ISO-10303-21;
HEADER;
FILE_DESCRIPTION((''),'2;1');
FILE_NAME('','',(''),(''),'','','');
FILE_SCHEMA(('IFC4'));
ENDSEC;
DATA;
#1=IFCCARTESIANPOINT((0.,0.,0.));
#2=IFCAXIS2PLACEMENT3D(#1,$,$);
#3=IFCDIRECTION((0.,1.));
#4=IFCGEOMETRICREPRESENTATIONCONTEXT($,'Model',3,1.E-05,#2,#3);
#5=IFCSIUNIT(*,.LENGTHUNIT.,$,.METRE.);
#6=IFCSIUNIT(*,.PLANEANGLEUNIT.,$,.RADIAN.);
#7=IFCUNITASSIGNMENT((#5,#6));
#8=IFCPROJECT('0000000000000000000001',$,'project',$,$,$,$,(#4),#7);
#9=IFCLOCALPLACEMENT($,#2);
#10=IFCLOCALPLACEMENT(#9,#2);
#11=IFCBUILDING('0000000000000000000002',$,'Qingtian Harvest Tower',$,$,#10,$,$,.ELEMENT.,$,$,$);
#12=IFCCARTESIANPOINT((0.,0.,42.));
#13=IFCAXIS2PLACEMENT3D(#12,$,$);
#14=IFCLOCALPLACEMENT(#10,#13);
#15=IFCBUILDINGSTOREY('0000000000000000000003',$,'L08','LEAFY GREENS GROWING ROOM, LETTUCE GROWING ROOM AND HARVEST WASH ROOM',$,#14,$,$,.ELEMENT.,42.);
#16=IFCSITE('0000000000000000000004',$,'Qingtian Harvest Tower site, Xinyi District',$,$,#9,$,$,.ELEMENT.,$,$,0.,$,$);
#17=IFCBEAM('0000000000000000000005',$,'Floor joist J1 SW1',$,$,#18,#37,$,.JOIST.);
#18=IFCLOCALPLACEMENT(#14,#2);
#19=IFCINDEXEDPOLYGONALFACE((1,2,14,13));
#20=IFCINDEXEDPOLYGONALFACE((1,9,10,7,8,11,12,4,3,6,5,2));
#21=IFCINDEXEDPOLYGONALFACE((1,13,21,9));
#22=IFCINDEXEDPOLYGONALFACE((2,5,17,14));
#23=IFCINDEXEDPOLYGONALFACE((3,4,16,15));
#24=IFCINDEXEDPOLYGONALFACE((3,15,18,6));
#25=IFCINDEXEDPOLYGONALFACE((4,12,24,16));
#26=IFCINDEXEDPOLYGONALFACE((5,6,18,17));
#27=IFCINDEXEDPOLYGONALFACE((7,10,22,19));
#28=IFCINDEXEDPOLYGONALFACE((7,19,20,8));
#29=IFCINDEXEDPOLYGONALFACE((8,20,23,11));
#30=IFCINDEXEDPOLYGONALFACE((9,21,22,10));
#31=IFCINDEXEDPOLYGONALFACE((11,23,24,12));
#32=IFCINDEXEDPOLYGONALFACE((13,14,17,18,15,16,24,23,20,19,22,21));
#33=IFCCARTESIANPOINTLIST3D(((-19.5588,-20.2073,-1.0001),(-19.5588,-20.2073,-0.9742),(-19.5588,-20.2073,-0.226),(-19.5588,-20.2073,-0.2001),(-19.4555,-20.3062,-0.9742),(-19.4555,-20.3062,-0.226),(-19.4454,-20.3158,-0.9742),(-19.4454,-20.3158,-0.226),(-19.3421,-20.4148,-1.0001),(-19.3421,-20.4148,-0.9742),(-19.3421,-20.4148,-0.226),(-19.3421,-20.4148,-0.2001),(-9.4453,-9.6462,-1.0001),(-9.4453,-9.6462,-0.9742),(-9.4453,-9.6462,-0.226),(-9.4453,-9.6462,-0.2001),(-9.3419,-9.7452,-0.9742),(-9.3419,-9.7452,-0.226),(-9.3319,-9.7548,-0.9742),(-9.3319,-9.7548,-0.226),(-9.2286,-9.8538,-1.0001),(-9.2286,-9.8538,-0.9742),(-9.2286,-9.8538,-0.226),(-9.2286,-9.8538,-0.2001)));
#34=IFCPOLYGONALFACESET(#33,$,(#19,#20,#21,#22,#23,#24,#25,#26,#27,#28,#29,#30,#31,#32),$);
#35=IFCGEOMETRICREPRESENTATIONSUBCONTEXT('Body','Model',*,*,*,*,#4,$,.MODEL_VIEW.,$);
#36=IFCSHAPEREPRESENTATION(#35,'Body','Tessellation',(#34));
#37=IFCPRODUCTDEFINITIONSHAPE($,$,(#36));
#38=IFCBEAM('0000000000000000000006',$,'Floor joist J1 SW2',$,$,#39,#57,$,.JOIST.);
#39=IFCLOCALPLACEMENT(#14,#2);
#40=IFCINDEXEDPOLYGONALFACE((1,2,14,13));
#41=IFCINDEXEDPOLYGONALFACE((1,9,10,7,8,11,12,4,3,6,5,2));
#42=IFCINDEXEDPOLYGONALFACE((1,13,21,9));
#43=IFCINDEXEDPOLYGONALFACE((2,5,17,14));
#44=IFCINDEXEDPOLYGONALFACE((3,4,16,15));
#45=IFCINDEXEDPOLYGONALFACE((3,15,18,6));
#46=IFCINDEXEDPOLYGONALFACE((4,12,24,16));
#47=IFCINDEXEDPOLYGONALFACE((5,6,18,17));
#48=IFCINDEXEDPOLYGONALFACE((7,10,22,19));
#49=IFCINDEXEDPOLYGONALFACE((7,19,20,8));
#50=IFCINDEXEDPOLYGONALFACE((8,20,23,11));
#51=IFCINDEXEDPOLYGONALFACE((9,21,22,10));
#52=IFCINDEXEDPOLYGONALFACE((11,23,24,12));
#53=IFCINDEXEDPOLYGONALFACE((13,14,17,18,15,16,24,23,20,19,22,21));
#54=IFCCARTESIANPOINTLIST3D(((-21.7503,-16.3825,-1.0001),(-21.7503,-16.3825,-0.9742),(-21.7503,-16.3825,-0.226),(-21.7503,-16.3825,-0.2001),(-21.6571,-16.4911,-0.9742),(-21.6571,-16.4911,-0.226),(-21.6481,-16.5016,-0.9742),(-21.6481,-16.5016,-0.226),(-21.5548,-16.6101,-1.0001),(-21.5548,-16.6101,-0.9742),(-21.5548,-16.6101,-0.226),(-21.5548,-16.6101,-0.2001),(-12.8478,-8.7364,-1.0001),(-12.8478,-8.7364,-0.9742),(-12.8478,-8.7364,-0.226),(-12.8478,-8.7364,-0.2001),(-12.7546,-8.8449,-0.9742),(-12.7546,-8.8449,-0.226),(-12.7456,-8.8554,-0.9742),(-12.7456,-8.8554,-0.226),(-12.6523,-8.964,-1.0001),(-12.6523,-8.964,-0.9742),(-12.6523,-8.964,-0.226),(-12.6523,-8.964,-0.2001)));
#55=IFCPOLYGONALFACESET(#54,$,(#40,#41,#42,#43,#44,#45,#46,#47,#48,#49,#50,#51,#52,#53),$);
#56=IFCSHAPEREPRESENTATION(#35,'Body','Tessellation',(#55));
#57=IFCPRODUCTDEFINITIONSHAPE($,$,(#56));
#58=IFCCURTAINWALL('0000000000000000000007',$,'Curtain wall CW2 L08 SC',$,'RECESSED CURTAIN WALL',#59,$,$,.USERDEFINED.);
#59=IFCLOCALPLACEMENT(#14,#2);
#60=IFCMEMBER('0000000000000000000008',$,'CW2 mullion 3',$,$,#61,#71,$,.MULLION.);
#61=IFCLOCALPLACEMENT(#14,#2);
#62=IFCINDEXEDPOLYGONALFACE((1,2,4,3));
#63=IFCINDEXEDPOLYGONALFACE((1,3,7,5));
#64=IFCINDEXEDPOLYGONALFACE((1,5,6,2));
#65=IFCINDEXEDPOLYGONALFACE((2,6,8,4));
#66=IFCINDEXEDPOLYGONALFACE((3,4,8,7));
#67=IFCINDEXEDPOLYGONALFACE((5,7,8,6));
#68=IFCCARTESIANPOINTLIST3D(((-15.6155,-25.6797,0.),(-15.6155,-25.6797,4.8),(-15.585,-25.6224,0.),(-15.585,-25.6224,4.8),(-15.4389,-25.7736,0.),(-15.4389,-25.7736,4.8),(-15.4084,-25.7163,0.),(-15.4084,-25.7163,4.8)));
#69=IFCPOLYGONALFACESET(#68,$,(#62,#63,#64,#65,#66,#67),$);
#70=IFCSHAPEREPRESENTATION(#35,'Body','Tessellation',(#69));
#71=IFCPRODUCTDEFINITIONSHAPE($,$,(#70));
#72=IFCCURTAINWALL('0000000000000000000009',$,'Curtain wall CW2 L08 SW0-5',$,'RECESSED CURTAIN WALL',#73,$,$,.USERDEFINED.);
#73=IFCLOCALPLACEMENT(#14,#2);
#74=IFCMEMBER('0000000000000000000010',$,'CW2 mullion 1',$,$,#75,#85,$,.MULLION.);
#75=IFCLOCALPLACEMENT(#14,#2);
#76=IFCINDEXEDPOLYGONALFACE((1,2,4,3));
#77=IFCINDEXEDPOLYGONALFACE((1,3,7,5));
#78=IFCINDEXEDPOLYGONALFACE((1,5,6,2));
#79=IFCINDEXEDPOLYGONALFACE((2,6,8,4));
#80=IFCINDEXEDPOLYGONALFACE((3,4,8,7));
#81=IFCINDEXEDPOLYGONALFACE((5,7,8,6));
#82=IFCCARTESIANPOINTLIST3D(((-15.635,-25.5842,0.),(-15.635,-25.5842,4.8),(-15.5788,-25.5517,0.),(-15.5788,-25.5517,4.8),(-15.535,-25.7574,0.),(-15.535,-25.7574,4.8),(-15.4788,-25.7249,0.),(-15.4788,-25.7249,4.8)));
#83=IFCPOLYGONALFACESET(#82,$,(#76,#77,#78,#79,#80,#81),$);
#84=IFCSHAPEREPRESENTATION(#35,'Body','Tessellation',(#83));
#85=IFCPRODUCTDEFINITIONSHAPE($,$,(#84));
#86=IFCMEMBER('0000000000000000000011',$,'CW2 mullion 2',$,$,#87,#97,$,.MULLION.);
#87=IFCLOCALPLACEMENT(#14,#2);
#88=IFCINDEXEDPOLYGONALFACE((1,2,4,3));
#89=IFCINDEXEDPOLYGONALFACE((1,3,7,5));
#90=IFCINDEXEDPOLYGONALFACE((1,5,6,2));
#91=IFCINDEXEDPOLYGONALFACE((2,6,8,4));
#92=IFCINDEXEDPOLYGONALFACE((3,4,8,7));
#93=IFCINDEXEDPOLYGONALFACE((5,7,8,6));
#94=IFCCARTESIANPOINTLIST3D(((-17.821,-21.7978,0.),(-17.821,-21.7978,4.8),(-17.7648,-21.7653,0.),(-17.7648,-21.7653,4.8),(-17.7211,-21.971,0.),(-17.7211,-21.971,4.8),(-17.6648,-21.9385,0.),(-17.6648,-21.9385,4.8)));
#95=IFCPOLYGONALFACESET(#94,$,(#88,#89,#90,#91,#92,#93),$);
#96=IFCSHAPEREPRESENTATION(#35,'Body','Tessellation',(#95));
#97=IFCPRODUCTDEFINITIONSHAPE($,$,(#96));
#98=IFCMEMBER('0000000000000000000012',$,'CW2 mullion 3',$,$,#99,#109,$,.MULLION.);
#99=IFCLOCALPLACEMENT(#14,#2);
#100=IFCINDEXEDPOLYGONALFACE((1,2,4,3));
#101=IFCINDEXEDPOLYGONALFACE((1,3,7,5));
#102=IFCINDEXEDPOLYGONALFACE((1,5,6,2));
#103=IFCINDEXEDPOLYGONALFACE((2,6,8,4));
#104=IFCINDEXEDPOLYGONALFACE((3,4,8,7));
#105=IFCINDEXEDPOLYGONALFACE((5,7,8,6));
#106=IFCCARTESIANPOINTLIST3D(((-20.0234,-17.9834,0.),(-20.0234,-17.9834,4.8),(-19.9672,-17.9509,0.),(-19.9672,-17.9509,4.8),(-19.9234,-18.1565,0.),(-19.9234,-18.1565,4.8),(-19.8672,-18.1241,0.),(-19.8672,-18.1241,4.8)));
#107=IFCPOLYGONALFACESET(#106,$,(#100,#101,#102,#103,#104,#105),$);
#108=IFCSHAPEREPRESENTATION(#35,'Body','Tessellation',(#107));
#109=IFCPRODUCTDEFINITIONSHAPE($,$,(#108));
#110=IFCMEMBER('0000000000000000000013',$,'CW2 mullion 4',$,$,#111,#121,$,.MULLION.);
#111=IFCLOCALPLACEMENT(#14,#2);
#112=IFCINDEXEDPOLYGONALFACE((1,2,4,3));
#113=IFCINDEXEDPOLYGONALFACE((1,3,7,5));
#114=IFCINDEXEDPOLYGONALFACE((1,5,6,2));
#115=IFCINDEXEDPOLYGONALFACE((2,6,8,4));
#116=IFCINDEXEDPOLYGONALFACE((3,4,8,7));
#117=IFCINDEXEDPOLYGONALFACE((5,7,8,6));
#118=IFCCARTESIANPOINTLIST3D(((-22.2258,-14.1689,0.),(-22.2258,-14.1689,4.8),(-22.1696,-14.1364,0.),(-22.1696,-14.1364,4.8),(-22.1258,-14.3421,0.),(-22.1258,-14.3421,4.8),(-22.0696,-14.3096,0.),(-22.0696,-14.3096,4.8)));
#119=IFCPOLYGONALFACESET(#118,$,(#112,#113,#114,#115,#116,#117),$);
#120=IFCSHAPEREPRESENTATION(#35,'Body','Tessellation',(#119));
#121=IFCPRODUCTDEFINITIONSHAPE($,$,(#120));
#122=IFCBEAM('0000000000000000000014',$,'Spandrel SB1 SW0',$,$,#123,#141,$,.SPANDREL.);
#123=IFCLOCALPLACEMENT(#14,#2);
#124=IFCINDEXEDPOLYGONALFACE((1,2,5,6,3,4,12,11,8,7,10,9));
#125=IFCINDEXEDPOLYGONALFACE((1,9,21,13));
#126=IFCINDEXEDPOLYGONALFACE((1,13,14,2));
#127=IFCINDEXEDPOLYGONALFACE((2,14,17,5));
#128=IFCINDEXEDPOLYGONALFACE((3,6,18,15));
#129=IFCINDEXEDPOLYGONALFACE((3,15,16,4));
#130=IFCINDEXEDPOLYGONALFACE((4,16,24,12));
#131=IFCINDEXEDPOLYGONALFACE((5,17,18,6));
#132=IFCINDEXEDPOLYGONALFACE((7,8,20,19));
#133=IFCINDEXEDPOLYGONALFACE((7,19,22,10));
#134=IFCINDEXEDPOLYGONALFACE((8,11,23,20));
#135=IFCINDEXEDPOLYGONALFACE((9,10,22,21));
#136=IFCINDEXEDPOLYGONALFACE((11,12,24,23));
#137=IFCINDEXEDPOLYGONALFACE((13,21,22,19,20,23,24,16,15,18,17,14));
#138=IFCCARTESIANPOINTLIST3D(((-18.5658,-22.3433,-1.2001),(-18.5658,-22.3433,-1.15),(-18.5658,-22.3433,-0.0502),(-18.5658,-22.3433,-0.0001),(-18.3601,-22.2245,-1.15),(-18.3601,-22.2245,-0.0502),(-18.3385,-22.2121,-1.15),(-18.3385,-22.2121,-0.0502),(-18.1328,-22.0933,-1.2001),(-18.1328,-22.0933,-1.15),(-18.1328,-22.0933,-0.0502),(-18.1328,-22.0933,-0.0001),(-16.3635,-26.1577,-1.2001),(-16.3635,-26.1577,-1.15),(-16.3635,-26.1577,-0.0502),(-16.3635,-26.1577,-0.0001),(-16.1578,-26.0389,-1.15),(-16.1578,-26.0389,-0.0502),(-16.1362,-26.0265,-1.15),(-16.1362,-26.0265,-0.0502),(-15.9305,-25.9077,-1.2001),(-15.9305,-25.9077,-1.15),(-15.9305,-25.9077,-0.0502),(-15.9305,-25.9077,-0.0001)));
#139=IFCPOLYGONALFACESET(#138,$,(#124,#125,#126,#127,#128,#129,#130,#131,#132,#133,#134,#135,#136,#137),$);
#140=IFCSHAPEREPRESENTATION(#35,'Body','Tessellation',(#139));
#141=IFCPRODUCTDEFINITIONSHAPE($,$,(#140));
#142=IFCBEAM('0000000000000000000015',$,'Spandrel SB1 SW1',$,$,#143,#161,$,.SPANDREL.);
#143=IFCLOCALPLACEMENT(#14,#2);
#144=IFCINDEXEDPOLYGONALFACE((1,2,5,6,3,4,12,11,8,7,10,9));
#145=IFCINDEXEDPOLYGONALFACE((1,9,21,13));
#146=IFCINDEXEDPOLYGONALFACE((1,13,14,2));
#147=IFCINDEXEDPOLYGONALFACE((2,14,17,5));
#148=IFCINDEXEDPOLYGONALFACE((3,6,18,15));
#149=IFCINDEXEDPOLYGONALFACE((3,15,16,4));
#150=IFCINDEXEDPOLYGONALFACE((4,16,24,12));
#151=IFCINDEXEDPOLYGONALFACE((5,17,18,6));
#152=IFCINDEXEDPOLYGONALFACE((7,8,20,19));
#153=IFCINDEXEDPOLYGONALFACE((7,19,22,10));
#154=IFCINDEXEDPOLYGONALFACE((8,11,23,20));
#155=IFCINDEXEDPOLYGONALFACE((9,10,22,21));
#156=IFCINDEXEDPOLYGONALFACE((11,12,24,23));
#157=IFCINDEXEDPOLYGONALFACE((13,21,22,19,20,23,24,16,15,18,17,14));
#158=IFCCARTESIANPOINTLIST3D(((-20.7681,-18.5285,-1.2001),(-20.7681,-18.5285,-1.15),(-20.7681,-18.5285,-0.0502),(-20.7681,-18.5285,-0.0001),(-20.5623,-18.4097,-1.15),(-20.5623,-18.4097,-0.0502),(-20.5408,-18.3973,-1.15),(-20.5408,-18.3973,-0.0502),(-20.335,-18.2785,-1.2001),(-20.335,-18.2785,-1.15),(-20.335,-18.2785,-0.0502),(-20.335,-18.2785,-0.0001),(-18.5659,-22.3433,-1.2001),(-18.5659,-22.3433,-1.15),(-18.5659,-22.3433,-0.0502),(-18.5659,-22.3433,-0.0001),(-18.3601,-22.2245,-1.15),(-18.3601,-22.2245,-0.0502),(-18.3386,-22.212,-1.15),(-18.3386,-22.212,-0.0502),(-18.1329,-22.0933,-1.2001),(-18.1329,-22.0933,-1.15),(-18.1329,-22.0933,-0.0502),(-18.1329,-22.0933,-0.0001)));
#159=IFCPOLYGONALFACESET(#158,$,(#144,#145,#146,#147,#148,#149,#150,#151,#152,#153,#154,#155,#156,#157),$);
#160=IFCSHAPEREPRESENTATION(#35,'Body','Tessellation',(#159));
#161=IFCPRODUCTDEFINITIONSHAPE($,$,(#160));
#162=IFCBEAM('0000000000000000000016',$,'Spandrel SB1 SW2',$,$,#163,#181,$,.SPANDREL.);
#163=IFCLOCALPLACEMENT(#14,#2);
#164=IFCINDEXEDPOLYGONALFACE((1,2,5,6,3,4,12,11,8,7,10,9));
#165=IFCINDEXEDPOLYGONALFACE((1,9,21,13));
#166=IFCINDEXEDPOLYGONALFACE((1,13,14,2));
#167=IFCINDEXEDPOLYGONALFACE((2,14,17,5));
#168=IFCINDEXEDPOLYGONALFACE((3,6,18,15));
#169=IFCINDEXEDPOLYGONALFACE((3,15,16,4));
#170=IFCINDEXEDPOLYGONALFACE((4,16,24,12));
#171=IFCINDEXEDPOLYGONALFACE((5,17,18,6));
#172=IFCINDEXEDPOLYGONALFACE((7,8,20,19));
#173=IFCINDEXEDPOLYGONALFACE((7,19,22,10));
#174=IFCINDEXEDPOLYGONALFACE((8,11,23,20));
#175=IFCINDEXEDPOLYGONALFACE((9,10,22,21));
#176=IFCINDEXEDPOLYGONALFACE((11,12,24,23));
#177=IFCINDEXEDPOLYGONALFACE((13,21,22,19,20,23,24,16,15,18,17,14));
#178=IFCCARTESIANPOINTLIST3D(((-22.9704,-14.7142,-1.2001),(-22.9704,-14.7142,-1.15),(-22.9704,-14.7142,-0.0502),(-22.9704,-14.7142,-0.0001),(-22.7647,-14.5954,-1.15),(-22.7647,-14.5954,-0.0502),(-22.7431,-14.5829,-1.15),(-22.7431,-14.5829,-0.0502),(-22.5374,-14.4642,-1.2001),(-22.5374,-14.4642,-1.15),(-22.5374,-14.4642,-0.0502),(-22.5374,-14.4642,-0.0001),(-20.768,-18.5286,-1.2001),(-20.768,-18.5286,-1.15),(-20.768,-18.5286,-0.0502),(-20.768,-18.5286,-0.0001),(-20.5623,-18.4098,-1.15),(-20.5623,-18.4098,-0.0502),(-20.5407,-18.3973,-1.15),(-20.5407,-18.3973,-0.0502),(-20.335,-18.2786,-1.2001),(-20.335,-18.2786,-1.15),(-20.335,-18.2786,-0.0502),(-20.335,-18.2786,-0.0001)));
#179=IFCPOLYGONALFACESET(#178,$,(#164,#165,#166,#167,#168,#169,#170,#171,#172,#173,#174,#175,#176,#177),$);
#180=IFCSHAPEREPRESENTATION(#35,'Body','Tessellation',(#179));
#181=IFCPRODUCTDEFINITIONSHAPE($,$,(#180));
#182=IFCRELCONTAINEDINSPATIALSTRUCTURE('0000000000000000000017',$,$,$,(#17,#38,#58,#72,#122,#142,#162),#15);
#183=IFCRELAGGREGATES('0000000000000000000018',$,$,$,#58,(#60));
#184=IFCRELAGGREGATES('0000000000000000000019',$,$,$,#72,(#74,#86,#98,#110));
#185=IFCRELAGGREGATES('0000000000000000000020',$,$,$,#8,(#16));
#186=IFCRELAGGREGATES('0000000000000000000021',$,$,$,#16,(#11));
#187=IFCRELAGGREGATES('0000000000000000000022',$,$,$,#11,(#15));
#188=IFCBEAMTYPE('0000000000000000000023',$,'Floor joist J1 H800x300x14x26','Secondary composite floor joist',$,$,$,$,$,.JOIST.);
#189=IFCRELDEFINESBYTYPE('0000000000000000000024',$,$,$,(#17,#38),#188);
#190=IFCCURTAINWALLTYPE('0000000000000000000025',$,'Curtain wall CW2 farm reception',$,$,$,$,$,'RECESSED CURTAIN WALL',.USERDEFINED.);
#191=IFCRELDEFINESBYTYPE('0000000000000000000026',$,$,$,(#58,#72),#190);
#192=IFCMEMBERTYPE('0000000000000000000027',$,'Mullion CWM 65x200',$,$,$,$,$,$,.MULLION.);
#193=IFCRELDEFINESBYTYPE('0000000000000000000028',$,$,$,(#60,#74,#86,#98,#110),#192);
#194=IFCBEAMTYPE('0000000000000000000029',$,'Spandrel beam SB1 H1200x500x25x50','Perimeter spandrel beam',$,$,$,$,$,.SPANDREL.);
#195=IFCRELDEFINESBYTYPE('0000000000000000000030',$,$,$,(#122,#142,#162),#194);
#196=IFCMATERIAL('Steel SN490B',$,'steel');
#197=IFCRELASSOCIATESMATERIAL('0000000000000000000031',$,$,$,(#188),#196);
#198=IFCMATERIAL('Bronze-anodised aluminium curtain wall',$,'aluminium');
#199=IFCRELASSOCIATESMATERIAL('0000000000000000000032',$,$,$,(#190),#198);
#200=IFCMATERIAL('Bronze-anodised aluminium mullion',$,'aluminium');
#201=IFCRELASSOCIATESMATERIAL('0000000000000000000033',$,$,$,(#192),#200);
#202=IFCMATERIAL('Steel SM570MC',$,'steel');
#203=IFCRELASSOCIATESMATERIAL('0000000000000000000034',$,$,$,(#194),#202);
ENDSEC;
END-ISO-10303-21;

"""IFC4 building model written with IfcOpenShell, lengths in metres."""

from ifc_helpers import new_model, si_unit, direction, frame, origin, origin_2d, place, context, subcontext, project, spatial, rectangle, i_section, extrude, material, material_profile, profile_set, type_object, element, aggregate, save


model = new_model("IFC4")

# Units and contexts
model_context = context("Model", 3, precision=1e-05, world=origin(), true_north=direction((0.0, 1.0)))
body_context = subcontext(model_context, "Body", "Model", "MODEL_VIEW")
ifc_project = project(units=[si_unit("LENGTHUNIT", "METRE"), si_unit("PLANEANGLEUNIT", "RADIAN")], contexts=[model_context])

# Site, building, storey
site_placement = place(None, origin())
site = spatial("IfcSite", under=ifc_project, at=site_placement, Name="Qingtian Harvest Tower site, Xinyi District", CompositionType="ELEMENT", RefElevation=0.0)
building_placement = place(site_placement, origin())
building = spatial("IfcBuilding", under=site, at=building_placement, Name="Qingtian Harvest Tower", CompositionType="ELEMENT")
storey_placement = place(building_placement, frame((0.0, 0.0, 42.0)))
storey = spatial("IfcBuildingStorey", under=building, at=storey_placement, Name="L08", Description="LEAFY GREENS GROWING ROOM, LETTUCE GROWING ROOM AND HARVEST WASH ROOM", CompositionType="ELEMENT", Elevation=42.0)

# Beams
ifc_material_1 = material(Name="Steel SN490B", Category="steel")
ifc_material_profile_1 = material_profile(ifc_material_1, i_section(OverallWidth=0.3, OverallDepth=0.8, WebThickness=0.0139, FlangeThickness=0.0259, at=origin_2d()), Name="H800x300x14x26")
ifc_profile_set_1 = profile_set([ifc_material_profile_1], Name="Steel SN490B")
beam_type_1 = type_object("IfcBeamType", Name="Floor joist J1 H800x300x14x26", Description="Secondary composite floor joist", PredefinedType="JOIST", material=ifc_profile_set_1)
beam_1_placement = place(storey_placement, frame((-19.4504, -20.311, -0.6001), z_axis=(0.691639, 0.722243, 0.0), x_axis=(-0.722243, 0.691639, 0.0)))
element("IfcBeam", 1, at=beam_1_placement, inside=storey, type_object=beam_type_1, Name="Floor joist J1 SW1", PredefinedType="JOIST", context=body_context, shape_type="SweptSolid", body=[
    extrude(i_section(OverallWidth=0.3, OverallDepth=0.8, WebThickness=0.0139, FlangeThickness=0.0259, at=origin_2d()), origin(), (0.0, 0.0, 1.0), 14.6226),
])
beam_2_placement = place(storey_placement, frame((-21.6526, -16.4963, -0.6001), z_axis=(0.758606, 0.65155, 0.0), x_axis=(-0.65155, 0.758606, 0.0)))
element("IfcBeam", 2, at=beam_2_placement, inside=storey, type_object=beam_type_1, Name="Floor joist J1 SW2", PredefinedType="JOIST", context=body_context, shape_type="SweptSolid", body=[
    extrude(i_section(OverallWidth=0.3, OverallDepth=0.8, WebThickness=0.0139, FlangeThickness=0.0259, at=origin_2d()), origin(), (0.0, 0.0, 1.0), 11.7354),
])

# Curtain wall, member
ifc_material_2 = material(Name="Bronze-anodised aluminium curtain wall", Category="aluminium")
curtain_wall_type = type_object("IfcCurtainWallType", Name="Curtain wall CW2 farm reception", ElementType="RECESSED CURTAIN WALL", PredefinedType="USERDEFINED", material=ifc_material_2)
curtain_wall_1_placement = place(storey_placement, origin())
curtain_wall_1 = element("IfcCurtainWall", 3, at=curtain_wall_1_placement, inside=storey, type_object=curtain_wall_type, Name="Curtain wall CW2 L08 SC", ObjectType="RECESSED CURTAIN WALL", PredefinedType="USERDEFINED")
ifc_material_3 = material(Name="Bronze-anodised aluminium mullion", Category="aluminium")
ifc_material_profile_2 = material_profile(ifc_material_3, rectangle(XDim=0.0649, YDim=0.2, at=origin_2d()), Name="AL 65x200")
ifc_profile_set_2 = profile_set([ifc_material_profile_2], Name="Bronze-anodised aluminium mullion")
member_type_1 = type_object("IfcMemberType", Name="Mullion CWM 65x200", PredefinedType="MULLION", material=ifc_profile_set_2)
member_1_placement = place(storey_placement, frame((-15.512, -25.698, 0.0), z_axis=(0.0, 0.0, 1.0), x_axis=(-0.469472, -0.882948, 0.0)))
member_1 = element("IfcMember", 4, at=member_1_placement, type_object=member_type_1, Name="CW2 mullion 3", PredefinedType="MULLION", context=body_context, shape_type="SweptSolid", body=[
    extrude(rectangle(XDim=0.0649, YDim=0.2, at=origin_2d()), origin(), (0.0, 0.0, 1.0), 4.8),
])

# Curtain wall, members
curtain_wall_2_placement = place(storey_placement, origin())
curtain_wall_2 = element("IfcCurtainWall", 5, at=curtain_wall_2_placement, inside=storey, type_object=curtain_wall_type, Name="Curtain wall CW2 L08 SW0-5", ObjectType="RECESSED CURTAIN WALL", PredefinedType="USERDEFINED")
member_2_placement = place(storey_placement, frame((-15.5569, -25.6545, 0.0), z_axis=(0.0, 0.0, 1.0), x_axis=(-0.866025, -0.5, 0.0)))
member_2 = element("IfcMember", 6, at=member_2_placement, type_object=member_type_1, Name="CW2 mullion 1", PredefinedType="MULLION", context=body_context, shape_type="SweptSolid", body=[
    extrude(rectangle(XDim=0.0649, YDim=0.2, at=origin_2d()), origin(), (0.0, 0.0, 1.0), 4.8),
])
member_3_placement = place(storey_placement, frame((-17.7429, -21.8682, 0.0), z_axis=(0.0, 0.0, 1.0), x_axis=(-0.866025, -0.5, 0.0)))
member_3 = element("IfcMember", 7, at=member_3_placement, type_object=member_type_1, Name="CW2 mullion 2", PredefinedType="MULLION", context=body_context, shape_type="SweptSolid", body=[
    extrude(rectangle(XDim=0.0649, YDim=0.2, at=origin_2d()), origin(), (0.0, 0.0, 1.0), 4.8),
])
member_4_placement = place(storey_placement, frame((-19.9453, -18.0537, 0.0), z_axis=(0.0, 0.0, 1.0), x_axis=(-0.866025, -0.5, 0.0)))
member_4 = element("IfcMember", 8, at=member_4_placement, type_object=member_type_1, Name="CW2 mullion 3", PredefinedType="MULLION", context=body_context, shape_type="SweptSolid", body=[
    extrude(rectangle(XDim=0.0649, YDim=0.2, at=origin_2d()), origin(), (0.0, 0.0, 1.0), 4.8),
])
member_5_placement = place(storey_placement, frame((-22.1477, -14.2393, 0.0), z_axis=(0.0, 0.0, 1.0), x_axis=(-0.866025, -0.5, 0.0)))
member_5 = element("IfcMember", 9, at=member_5_placement, type_object=member_type_1, Name="CW2 mullion 4", PredefinedType="MULLION", context=body_context, shape_type="SweptSolid", body=[
    extrude(rectangle(XDim=0.0649, YDim=0.2, at=origin_2d()), origin(), (0.0, 0.0, 1.0), 4.8),
])

# Beams
ifc_material_4 = material(Name="Steel SM570MC", Category="steel")
ifc_material_profile_3 = material_profile(ifc_material_4, i_section(OverallWidth=0.5, OverallDepth=1.2, WebThickness=0.0249, FlangeThickness=0.05, at=origin_2d()), Name="H1200x500x25x50")
ifc_profile_set_3 = profile_set([ifc_material_profile_3], Name="Steel SM570MC")
beam_type_2 = type_object("IfcBeamType", Name="Spandrel beam SB1 H1200x500x25x50", Description="Perimeter spandrel beam", PredefinedType="SPANDREL", material=ifc_profile_set_3)
beam_3_placement = place(storey_placement, frame((-16.147, -26.0327, -0.6001), z_axis=(-0.50002, 0.866014, 0.0), x_axis=(-0.866014, -0.50002, 0.0)))
element("IfcBeam", 10, at=beam_3_placement, inside=storey, type_object=beam_type_2, Name="Spandrel SB1 SW0", PredefinedType="SPANDREL", context=body_context, shape_type="SweptSolid", body=[
    extrude(i_section(OverallWidth=0.5, OverallDepth=1.2, WebThickness=0.0249, FlangeThickness=0.05, at=origin_2d()), origin(), (0.0, 0.0, 1.0), 4.4045),
])
beam_4_placement = place(storey_placement, frame((-18.3494, -22.2183, -0.6001), z_axis=(-0.499954, 0.866052, 0.0), x_axis=(-0.866052, -0.499954, 0.0)))
element("IfcBeam", 11, at=beam_4_placement, inside=storey, type_object=beam_type_2, Name="Spandrel SB1 SW1", PredefinedType="SPANDREL", context=body_context, shape_type="SweptSolid", body=[
    extrude(i_section(OverallWidth=0.5, OverallDepth=1.2, WebThickness=0.0249, FlangeThickness=0.05, at=origin_2d()), origin(), (0.0, 0.0, 1.0), 4.4048),
])
for number, where, z_axis, x_axis, name in (
    (12, (-20.5515, -18.4036, -0.6001), (-0.50002, 0.866014, 0.0), (-0.866014, -0.50002, 0.0), "Spandrel SB1 SW2"),
):
    element("IfcBeam", number, at=place(storey_placement, frame(where, z_axis=z_axis, x_axis=x_axis)), inside=storey, type_object=beam_type_2, Name=name, PredefinedType="SPANDREL", context=body_context, shape_type="SweptSolid", body=[
        extrude(i_section(OverallWidth=0.5, OverallDepth=1.2, WebThickness=0.0249, FlangeThickness=0.05, at=origin_2d()), origin(), (0.0, 0.0, 1.0), 4.4045),
    ])

aggregate(curtain_wall_1, [member_1])
aggregate(curtain_wall_2, [member_2, member_3, member_4, member_5])

save(model, "model.ifc")
